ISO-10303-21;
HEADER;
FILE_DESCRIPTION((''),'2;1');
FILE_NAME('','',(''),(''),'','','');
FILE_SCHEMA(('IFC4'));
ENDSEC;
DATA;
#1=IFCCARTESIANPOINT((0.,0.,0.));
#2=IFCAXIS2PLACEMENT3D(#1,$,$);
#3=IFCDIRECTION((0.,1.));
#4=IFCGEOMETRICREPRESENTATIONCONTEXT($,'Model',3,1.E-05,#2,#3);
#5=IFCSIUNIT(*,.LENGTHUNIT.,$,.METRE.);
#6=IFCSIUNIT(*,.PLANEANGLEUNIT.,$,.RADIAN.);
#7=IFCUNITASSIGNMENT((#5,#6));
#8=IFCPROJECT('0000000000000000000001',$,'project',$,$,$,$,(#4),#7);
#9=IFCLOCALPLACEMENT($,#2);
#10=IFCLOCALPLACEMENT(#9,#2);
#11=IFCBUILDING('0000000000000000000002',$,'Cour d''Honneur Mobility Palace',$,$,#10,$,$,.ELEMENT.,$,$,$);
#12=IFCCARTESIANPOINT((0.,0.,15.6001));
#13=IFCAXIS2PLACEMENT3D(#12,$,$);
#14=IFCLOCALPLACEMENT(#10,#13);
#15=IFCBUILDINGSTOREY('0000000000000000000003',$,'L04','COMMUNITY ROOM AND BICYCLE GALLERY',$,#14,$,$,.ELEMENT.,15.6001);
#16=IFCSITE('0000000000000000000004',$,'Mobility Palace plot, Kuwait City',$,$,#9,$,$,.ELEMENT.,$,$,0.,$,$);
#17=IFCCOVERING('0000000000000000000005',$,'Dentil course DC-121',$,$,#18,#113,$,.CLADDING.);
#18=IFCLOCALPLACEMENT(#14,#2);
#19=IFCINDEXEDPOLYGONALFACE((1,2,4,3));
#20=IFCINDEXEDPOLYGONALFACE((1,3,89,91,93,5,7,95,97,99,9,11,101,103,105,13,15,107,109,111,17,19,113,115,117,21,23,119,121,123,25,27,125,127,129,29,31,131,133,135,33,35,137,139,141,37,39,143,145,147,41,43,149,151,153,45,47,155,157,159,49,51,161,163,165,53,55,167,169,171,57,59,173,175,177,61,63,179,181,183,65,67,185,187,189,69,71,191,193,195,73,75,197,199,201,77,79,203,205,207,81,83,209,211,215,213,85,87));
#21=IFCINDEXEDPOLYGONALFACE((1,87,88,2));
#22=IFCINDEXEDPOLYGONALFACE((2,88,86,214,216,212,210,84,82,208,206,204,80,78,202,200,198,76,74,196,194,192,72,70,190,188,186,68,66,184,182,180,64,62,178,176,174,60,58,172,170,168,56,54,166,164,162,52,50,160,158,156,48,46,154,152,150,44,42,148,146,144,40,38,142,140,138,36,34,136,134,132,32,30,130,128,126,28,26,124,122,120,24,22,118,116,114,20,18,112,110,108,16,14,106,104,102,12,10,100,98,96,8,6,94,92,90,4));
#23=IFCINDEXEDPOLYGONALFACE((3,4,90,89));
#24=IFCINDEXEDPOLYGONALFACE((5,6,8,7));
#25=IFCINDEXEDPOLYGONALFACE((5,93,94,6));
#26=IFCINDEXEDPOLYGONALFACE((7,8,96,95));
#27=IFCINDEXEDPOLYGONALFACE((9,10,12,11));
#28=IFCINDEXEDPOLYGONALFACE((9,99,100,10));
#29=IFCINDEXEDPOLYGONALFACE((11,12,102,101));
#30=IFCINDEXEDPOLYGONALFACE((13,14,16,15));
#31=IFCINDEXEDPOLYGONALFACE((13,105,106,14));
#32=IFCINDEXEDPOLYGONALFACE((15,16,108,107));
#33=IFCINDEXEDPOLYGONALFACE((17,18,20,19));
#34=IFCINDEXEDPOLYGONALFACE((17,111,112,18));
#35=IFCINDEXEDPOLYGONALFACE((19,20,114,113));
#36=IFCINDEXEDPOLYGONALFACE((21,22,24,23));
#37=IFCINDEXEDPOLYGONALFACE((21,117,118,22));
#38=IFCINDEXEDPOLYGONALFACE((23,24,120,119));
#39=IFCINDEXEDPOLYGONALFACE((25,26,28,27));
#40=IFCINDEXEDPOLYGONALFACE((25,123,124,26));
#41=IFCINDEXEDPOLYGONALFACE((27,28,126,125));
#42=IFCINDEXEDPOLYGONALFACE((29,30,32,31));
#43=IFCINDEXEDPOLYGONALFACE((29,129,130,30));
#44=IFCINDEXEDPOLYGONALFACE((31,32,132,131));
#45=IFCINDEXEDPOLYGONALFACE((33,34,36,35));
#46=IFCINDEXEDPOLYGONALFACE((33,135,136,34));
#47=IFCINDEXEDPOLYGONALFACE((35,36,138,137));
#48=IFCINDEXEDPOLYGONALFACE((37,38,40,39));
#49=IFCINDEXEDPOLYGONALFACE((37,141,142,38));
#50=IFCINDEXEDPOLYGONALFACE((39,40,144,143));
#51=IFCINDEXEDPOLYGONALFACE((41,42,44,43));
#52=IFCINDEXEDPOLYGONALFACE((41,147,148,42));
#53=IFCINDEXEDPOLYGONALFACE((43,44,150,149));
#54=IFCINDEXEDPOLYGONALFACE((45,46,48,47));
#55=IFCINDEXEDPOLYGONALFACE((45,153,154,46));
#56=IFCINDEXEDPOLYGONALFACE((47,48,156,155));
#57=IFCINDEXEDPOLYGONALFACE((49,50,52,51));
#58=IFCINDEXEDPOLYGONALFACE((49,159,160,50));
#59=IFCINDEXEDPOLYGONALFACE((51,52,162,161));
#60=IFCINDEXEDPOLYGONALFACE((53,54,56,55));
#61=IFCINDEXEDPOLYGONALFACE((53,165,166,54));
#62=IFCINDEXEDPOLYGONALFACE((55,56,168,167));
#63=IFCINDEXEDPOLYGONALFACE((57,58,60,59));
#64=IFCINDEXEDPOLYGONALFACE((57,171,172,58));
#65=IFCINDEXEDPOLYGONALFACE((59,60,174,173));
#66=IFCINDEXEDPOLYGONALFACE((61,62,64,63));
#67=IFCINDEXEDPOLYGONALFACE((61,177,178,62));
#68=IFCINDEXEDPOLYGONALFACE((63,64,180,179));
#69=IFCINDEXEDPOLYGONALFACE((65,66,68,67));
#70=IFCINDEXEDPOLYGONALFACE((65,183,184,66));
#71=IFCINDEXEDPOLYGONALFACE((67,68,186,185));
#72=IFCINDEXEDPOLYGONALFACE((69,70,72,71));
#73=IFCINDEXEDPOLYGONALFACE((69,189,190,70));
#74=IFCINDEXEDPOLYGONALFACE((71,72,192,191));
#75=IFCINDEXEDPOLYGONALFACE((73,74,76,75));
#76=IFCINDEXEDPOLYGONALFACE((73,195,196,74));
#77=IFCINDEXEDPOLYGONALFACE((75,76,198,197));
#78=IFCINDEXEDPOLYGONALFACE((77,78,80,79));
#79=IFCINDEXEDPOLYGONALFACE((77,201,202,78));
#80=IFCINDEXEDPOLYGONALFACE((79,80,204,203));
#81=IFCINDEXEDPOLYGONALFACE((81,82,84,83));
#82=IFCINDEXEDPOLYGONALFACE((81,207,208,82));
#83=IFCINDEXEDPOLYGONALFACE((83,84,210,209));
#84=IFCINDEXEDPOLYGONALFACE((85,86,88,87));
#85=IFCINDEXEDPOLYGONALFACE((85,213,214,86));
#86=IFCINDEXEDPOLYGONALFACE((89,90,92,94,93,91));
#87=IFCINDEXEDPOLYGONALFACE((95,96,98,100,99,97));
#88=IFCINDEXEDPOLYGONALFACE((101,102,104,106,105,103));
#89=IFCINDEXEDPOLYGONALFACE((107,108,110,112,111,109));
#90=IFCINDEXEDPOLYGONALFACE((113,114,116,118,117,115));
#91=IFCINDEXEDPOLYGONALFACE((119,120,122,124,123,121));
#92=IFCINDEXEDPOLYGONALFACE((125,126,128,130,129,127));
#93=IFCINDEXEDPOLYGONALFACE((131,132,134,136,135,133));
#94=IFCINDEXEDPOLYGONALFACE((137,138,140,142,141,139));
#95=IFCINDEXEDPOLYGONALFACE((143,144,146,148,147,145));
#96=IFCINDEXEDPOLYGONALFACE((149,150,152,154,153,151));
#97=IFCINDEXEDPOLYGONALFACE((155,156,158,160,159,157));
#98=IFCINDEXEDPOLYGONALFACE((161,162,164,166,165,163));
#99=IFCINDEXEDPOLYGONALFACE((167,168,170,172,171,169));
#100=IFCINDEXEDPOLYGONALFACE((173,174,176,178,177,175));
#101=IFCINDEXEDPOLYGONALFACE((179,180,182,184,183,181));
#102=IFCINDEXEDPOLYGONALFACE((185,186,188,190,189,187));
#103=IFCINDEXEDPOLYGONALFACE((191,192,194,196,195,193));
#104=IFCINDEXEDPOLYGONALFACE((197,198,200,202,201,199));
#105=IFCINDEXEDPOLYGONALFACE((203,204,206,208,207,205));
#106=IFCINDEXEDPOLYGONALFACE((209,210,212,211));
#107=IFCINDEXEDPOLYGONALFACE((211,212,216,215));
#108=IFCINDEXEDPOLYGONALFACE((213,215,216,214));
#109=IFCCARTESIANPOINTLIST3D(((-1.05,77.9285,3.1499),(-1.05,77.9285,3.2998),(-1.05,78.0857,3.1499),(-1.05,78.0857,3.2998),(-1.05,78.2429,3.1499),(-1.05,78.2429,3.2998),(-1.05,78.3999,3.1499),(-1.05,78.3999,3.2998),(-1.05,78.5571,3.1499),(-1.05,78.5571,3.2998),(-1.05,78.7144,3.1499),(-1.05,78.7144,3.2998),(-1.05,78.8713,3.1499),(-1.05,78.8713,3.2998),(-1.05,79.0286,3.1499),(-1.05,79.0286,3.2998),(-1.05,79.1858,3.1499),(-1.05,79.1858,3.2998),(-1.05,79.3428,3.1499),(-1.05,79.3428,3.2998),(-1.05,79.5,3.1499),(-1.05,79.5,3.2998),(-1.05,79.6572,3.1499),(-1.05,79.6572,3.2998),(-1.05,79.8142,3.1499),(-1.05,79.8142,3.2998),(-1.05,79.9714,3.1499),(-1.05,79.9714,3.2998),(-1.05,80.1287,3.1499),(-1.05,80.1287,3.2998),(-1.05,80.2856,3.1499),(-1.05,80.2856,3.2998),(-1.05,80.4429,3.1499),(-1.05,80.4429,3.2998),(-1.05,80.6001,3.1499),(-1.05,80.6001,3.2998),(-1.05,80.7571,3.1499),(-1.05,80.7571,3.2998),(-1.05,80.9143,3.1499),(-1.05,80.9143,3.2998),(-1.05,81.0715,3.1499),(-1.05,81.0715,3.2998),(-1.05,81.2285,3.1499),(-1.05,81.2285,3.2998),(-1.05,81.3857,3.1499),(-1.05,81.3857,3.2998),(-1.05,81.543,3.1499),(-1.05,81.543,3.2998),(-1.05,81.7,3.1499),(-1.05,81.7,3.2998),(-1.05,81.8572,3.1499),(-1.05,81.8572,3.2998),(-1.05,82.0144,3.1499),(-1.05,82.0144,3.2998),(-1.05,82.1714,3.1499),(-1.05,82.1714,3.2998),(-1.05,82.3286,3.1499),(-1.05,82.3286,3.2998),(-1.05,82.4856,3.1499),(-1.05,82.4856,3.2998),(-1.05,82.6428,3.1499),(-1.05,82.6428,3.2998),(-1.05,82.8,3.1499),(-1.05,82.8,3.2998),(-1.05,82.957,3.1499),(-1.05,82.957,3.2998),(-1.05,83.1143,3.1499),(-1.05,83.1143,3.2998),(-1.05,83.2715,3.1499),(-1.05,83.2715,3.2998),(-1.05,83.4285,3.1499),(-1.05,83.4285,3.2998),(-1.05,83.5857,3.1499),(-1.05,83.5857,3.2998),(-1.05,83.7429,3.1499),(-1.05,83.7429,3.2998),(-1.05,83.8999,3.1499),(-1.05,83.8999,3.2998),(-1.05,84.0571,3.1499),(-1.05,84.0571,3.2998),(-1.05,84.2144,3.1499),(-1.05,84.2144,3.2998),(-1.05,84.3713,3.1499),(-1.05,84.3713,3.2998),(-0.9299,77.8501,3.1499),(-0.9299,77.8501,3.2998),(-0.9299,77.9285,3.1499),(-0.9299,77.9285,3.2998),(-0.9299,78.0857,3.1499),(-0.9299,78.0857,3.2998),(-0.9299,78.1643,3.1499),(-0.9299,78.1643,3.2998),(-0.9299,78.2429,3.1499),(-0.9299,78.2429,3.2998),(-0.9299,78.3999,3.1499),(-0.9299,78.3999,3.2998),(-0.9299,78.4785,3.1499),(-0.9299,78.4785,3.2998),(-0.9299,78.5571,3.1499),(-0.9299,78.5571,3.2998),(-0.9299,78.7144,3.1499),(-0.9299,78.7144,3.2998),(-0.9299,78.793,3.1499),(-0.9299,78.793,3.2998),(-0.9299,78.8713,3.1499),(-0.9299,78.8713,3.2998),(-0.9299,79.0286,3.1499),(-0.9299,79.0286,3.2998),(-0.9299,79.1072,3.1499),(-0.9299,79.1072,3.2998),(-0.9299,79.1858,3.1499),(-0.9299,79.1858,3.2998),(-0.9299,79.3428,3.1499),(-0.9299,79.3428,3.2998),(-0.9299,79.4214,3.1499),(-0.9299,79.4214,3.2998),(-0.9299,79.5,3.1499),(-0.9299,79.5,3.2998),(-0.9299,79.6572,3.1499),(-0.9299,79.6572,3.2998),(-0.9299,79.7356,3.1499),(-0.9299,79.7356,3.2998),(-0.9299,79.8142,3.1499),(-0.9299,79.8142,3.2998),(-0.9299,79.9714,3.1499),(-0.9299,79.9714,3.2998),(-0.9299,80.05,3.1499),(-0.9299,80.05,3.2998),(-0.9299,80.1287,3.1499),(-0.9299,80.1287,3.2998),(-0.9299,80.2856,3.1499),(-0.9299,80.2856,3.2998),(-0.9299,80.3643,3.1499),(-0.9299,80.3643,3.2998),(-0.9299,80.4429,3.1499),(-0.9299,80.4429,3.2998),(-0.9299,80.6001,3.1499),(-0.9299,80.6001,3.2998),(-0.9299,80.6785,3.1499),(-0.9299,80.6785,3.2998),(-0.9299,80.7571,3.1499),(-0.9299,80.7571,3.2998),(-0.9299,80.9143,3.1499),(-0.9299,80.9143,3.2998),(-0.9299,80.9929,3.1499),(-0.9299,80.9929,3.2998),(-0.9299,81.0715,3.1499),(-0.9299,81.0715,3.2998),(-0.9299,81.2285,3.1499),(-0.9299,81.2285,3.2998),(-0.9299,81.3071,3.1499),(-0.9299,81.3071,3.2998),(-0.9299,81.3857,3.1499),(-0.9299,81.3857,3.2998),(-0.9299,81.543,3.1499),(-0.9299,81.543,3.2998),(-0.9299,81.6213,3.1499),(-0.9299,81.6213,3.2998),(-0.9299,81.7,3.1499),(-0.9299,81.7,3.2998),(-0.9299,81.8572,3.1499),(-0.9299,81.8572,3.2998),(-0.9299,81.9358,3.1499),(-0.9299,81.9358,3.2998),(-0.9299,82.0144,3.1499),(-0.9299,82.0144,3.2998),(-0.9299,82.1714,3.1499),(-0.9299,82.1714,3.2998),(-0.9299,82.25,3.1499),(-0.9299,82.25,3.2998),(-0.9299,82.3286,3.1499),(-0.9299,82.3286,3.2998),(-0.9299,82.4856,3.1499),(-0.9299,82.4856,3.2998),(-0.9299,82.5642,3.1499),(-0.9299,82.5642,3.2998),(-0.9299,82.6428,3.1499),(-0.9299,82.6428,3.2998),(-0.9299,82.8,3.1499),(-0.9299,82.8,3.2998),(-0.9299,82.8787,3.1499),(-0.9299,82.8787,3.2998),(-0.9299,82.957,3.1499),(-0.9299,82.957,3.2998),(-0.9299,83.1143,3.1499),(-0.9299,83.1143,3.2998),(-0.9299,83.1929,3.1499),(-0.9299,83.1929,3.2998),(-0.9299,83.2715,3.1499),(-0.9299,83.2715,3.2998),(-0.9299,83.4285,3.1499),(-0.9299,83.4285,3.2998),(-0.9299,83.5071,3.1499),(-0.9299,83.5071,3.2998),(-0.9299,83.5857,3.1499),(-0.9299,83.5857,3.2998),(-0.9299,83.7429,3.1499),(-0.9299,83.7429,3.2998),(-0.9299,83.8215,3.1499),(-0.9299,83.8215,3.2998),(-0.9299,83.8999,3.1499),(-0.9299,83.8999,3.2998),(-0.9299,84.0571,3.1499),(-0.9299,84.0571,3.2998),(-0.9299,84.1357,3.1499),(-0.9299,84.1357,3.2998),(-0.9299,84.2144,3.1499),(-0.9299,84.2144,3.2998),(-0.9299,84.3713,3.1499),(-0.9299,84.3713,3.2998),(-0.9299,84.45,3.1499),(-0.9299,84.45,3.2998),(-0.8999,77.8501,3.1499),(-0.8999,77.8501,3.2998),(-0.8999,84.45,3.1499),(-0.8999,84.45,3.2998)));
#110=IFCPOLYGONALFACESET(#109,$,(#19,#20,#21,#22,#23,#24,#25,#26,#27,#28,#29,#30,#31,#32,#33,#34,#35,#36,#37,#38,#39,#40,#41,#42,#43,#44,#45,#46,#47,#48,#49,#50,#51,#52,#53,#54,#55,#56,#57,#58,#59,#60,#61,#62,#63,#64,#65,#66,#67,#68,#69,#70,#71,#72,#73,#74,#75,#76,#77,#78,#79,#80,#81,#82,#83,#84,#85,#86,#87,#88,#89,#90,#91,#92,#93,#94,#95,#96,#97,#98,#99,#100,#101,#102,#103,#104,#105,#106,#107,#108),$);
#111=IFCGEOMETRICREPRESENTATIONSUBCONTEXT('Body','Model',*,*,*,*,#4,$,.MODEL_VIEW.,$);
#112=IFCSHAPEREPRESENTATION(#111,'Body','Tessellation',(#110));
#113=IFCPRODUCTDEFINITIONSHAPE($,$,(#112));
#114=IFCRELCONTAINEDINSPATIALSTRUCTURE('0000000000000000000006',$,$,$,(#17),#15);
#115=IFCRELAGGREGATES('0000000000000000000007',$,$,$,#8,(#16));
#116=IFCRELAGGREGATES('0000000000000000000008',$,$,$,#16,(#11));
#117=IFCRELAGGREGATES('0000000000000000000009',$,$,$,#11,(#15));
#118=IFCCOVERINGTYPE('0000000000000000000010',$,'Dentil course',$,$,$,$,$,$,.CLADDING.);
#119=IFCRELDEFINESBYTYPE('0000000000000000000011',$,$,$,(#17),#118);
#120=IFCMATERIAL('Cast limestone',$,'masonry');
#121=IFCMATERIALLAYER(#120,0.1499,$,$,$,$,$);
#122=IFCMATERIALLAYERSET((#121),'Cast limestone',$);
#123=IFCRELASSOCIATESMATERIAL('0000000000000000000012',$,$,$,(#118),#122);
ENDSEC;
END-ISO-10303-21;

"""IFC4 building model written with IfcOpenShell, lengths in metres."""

from ifc_helpers import new_model, si_unit, direction, frame, origin, place, context, subcontext, project, spatial, polyline, outline, extrude, material, layer, layer_set, type_object, element, save


model = new_model("IFC4")

# Units and contexts
model_context = context("Model", 3, precision=1e-05, world=origin(), true_north=direction((0.0, 1.0)))
body_context = subcontext(model_context, "Body", "Model", "MODEL_VIEW")
ifc_project = project(units=[si_unit("LENGTHUNIT", "METRE"), si_unit("PLANEANGLEUNIT", "RADIAN")], contexts=[model_context])

# Site, building, storey
site_placement = place(None, origin())
site = spatial("IfcSite", under=ifc_project, at=site_placement, Name="Mobility Palace plot, Kuwait City", CompositionType="ELEMENT", RefElevation=0.0)
building_placement = place(site_placement, origin())
building = spatial("IfcBuilding", under=site, at=building_placement, Name="Cour d'Honneur Mobility Palace", CompositionType="ELEMENT")
storey_placement = place(building_placement, frame((0.0, 0.0, 15.6001)))
storey = spatial("IfcBuildingStorey", under=building, at=storey_placement, Name="L04", Description="COMMUNITY ROOM AND BICYCLE GALLERY", CompositionType="ELEMENT", Elevation=15.6001)

# Covering
ifc_material = material(Name="Cast limestone", Category="masonry")
ifc_layer = layer(ifc_material, 0.1499)
ifc_layer_set = layer_set([ifc_layer], Name="Cast limestone")
covering_type = type_object("IfcCoveringType", Name="Dentil course", PredefinedType="CLADDING", material=ifc_layer_set)
covering_1_placement = place(storey_placement, frame((0.0, 0.0, 3.1499)))
element("IfcCovering", 1, at=covering_1_placement, inside=storey, type_object=covering_type, Name="Dentil course DC-121", PredefinedType="CLADDING", context=body_context, shape_type="SweptSolid", body=[
    extrude(outline(polyline([(-0.8999, 84.45), (-0.8999, 77.8501), (-0.9299, 77.8501), (-0.9299, 77.8501), (-0.9299, 77.9285), (-1.05, 77.9285), (-1.05, 78.0857), (-0.9299, 78.0857), (-0.9299, 78.1643), (-0.9299, 78.1643), (-0.9299, 78.2429), (-1.05, 78.2429), (-1.05, 78.3999), (-0.9299, 78.3999), (-0.9299, 78.4785), (-0.9299, 78.4785), (-0.9299, 78.5571), (-1.05, 78.5571), (-1.05, 78.7144), (-0.9299, 78.7144), (-0.9299, 78.793), (-0.9299, 78.793), (-0.9299, 78.8713), (-1.05, 78.8713), (-1.05, 79.0286), (-0.9299, 79.0286), (-0.9299, 79.1072), (-0.9299, 79.1072), (-0.9299, 79.1858), (-1.05, 79.1858), (-1.05, 79.3428), (-0.9299, 79.3428), (-0.9299, 79.4214), (-0.9299, 79.4214), (-0.9299, 79.5), (-1.05, 79.5), (-1.05, 79.6572), (-0.9299, 79.6572), (-0.9299, 79.7356), (-0.9299, 79.7356), (-0.9299, 79.8142), (-1.05, 79.8142), (-1.05, 79.9714), (-0.9299, 79.9714), (-0.9299, 80.05), (-0.9299, 80.05), (-0.9299, 80.1287), (-1.05, 80.1287), (-1.05, 80.2856), (-0.9299, 80.2856), (-0.9299, 80.3643), (-0.9299, 80.3643), (-0.9299, 80.4429), (-1.05, 80.4429), (-1.05, 80.6001), (-0.9299, 80.6001), (-0.9299, 80.6785), (-0.9299, 80.6785), (-0.9299, 80.7571), (-1.05, 80.7571), (-1.05, 80.9143), (-0.9299, 80.9143), (-0.9299, 80.9929), (-0.9299, 80.9929), (-0.9299, 81.0715), (-1.05, 81.0715), (-1.05, 81.2285), (-0.9299, 81.2285), (-0.9299, 81.3071), (-0.9299, 81.3071), (-0.9299, 81.3857), (-1.05, 81.3857), (-1.05, 81.543), (-0.9299, 81.543), (-0.9299, 81.6213), (-0.9299, 81.6213), (-0.9299, 81.7), (-1.05, 81.7), (-1.05, 81.8572), (-0.9299, 81.8572), (-0.9299, 81.9358), (-0.9299, 81.9358), (-0.9299, 82.0144), (-1.05, 82.0144), (-1.05, 82.1714), (-0.9299, 82.1714), (-0.9299, 82.25), (-0.9299, 82.25), (-0.9299, 82.3286), (-1.05, 82.3286), (-1.05, 82.4856), (-0.9299, 82.4856), (-0.9299, 82.5642), (-0.9299, 82.5642), (-0.9299, 82.6428), (-1.05, 82.6428), (-1.05, 82.8), (-0.9299, 82.8), (-0.9299, 82.8787), (-0.9299, 82.8787), (-0.9299, 82.957), (-1.05, 82.957), (-1.05, 83.1143), (-0.9299, 83.1143), (-0.9299, 83.1929), (-0.9299, 83.1929), (-0.9299, 83.2715), (-1.05, 83.2715), (-1.05, 83.4285), (-0.9299, 83.4285), (-0.9299, 83.5071), (-0.9299, 83.5071), (-0.9299, 83.5857), (-1.05, 83.5857), (-1.05, 83.7429), (-0.9299, 83.7429), (-0.9299, 83.8215), (-0.9299, 83.8215), (-0.9299, 83.8999), (-1.05, 83.8999), (-1.05, 84.0571), (-0.9299, 84.0571), (-0.9299, 84.1357), (-0.9299, 84.1357), (-0.9299, 84.2144), (-1.05, 84.2144), (-1.05, 84.3713), (-0.9299, 84.3713), (-0.9299, 84.45), (-0.8999, 84.45)])), origin(), (0.0, 0.0, 1.0), 0.1499),
])

save(model, "model.ifc")
